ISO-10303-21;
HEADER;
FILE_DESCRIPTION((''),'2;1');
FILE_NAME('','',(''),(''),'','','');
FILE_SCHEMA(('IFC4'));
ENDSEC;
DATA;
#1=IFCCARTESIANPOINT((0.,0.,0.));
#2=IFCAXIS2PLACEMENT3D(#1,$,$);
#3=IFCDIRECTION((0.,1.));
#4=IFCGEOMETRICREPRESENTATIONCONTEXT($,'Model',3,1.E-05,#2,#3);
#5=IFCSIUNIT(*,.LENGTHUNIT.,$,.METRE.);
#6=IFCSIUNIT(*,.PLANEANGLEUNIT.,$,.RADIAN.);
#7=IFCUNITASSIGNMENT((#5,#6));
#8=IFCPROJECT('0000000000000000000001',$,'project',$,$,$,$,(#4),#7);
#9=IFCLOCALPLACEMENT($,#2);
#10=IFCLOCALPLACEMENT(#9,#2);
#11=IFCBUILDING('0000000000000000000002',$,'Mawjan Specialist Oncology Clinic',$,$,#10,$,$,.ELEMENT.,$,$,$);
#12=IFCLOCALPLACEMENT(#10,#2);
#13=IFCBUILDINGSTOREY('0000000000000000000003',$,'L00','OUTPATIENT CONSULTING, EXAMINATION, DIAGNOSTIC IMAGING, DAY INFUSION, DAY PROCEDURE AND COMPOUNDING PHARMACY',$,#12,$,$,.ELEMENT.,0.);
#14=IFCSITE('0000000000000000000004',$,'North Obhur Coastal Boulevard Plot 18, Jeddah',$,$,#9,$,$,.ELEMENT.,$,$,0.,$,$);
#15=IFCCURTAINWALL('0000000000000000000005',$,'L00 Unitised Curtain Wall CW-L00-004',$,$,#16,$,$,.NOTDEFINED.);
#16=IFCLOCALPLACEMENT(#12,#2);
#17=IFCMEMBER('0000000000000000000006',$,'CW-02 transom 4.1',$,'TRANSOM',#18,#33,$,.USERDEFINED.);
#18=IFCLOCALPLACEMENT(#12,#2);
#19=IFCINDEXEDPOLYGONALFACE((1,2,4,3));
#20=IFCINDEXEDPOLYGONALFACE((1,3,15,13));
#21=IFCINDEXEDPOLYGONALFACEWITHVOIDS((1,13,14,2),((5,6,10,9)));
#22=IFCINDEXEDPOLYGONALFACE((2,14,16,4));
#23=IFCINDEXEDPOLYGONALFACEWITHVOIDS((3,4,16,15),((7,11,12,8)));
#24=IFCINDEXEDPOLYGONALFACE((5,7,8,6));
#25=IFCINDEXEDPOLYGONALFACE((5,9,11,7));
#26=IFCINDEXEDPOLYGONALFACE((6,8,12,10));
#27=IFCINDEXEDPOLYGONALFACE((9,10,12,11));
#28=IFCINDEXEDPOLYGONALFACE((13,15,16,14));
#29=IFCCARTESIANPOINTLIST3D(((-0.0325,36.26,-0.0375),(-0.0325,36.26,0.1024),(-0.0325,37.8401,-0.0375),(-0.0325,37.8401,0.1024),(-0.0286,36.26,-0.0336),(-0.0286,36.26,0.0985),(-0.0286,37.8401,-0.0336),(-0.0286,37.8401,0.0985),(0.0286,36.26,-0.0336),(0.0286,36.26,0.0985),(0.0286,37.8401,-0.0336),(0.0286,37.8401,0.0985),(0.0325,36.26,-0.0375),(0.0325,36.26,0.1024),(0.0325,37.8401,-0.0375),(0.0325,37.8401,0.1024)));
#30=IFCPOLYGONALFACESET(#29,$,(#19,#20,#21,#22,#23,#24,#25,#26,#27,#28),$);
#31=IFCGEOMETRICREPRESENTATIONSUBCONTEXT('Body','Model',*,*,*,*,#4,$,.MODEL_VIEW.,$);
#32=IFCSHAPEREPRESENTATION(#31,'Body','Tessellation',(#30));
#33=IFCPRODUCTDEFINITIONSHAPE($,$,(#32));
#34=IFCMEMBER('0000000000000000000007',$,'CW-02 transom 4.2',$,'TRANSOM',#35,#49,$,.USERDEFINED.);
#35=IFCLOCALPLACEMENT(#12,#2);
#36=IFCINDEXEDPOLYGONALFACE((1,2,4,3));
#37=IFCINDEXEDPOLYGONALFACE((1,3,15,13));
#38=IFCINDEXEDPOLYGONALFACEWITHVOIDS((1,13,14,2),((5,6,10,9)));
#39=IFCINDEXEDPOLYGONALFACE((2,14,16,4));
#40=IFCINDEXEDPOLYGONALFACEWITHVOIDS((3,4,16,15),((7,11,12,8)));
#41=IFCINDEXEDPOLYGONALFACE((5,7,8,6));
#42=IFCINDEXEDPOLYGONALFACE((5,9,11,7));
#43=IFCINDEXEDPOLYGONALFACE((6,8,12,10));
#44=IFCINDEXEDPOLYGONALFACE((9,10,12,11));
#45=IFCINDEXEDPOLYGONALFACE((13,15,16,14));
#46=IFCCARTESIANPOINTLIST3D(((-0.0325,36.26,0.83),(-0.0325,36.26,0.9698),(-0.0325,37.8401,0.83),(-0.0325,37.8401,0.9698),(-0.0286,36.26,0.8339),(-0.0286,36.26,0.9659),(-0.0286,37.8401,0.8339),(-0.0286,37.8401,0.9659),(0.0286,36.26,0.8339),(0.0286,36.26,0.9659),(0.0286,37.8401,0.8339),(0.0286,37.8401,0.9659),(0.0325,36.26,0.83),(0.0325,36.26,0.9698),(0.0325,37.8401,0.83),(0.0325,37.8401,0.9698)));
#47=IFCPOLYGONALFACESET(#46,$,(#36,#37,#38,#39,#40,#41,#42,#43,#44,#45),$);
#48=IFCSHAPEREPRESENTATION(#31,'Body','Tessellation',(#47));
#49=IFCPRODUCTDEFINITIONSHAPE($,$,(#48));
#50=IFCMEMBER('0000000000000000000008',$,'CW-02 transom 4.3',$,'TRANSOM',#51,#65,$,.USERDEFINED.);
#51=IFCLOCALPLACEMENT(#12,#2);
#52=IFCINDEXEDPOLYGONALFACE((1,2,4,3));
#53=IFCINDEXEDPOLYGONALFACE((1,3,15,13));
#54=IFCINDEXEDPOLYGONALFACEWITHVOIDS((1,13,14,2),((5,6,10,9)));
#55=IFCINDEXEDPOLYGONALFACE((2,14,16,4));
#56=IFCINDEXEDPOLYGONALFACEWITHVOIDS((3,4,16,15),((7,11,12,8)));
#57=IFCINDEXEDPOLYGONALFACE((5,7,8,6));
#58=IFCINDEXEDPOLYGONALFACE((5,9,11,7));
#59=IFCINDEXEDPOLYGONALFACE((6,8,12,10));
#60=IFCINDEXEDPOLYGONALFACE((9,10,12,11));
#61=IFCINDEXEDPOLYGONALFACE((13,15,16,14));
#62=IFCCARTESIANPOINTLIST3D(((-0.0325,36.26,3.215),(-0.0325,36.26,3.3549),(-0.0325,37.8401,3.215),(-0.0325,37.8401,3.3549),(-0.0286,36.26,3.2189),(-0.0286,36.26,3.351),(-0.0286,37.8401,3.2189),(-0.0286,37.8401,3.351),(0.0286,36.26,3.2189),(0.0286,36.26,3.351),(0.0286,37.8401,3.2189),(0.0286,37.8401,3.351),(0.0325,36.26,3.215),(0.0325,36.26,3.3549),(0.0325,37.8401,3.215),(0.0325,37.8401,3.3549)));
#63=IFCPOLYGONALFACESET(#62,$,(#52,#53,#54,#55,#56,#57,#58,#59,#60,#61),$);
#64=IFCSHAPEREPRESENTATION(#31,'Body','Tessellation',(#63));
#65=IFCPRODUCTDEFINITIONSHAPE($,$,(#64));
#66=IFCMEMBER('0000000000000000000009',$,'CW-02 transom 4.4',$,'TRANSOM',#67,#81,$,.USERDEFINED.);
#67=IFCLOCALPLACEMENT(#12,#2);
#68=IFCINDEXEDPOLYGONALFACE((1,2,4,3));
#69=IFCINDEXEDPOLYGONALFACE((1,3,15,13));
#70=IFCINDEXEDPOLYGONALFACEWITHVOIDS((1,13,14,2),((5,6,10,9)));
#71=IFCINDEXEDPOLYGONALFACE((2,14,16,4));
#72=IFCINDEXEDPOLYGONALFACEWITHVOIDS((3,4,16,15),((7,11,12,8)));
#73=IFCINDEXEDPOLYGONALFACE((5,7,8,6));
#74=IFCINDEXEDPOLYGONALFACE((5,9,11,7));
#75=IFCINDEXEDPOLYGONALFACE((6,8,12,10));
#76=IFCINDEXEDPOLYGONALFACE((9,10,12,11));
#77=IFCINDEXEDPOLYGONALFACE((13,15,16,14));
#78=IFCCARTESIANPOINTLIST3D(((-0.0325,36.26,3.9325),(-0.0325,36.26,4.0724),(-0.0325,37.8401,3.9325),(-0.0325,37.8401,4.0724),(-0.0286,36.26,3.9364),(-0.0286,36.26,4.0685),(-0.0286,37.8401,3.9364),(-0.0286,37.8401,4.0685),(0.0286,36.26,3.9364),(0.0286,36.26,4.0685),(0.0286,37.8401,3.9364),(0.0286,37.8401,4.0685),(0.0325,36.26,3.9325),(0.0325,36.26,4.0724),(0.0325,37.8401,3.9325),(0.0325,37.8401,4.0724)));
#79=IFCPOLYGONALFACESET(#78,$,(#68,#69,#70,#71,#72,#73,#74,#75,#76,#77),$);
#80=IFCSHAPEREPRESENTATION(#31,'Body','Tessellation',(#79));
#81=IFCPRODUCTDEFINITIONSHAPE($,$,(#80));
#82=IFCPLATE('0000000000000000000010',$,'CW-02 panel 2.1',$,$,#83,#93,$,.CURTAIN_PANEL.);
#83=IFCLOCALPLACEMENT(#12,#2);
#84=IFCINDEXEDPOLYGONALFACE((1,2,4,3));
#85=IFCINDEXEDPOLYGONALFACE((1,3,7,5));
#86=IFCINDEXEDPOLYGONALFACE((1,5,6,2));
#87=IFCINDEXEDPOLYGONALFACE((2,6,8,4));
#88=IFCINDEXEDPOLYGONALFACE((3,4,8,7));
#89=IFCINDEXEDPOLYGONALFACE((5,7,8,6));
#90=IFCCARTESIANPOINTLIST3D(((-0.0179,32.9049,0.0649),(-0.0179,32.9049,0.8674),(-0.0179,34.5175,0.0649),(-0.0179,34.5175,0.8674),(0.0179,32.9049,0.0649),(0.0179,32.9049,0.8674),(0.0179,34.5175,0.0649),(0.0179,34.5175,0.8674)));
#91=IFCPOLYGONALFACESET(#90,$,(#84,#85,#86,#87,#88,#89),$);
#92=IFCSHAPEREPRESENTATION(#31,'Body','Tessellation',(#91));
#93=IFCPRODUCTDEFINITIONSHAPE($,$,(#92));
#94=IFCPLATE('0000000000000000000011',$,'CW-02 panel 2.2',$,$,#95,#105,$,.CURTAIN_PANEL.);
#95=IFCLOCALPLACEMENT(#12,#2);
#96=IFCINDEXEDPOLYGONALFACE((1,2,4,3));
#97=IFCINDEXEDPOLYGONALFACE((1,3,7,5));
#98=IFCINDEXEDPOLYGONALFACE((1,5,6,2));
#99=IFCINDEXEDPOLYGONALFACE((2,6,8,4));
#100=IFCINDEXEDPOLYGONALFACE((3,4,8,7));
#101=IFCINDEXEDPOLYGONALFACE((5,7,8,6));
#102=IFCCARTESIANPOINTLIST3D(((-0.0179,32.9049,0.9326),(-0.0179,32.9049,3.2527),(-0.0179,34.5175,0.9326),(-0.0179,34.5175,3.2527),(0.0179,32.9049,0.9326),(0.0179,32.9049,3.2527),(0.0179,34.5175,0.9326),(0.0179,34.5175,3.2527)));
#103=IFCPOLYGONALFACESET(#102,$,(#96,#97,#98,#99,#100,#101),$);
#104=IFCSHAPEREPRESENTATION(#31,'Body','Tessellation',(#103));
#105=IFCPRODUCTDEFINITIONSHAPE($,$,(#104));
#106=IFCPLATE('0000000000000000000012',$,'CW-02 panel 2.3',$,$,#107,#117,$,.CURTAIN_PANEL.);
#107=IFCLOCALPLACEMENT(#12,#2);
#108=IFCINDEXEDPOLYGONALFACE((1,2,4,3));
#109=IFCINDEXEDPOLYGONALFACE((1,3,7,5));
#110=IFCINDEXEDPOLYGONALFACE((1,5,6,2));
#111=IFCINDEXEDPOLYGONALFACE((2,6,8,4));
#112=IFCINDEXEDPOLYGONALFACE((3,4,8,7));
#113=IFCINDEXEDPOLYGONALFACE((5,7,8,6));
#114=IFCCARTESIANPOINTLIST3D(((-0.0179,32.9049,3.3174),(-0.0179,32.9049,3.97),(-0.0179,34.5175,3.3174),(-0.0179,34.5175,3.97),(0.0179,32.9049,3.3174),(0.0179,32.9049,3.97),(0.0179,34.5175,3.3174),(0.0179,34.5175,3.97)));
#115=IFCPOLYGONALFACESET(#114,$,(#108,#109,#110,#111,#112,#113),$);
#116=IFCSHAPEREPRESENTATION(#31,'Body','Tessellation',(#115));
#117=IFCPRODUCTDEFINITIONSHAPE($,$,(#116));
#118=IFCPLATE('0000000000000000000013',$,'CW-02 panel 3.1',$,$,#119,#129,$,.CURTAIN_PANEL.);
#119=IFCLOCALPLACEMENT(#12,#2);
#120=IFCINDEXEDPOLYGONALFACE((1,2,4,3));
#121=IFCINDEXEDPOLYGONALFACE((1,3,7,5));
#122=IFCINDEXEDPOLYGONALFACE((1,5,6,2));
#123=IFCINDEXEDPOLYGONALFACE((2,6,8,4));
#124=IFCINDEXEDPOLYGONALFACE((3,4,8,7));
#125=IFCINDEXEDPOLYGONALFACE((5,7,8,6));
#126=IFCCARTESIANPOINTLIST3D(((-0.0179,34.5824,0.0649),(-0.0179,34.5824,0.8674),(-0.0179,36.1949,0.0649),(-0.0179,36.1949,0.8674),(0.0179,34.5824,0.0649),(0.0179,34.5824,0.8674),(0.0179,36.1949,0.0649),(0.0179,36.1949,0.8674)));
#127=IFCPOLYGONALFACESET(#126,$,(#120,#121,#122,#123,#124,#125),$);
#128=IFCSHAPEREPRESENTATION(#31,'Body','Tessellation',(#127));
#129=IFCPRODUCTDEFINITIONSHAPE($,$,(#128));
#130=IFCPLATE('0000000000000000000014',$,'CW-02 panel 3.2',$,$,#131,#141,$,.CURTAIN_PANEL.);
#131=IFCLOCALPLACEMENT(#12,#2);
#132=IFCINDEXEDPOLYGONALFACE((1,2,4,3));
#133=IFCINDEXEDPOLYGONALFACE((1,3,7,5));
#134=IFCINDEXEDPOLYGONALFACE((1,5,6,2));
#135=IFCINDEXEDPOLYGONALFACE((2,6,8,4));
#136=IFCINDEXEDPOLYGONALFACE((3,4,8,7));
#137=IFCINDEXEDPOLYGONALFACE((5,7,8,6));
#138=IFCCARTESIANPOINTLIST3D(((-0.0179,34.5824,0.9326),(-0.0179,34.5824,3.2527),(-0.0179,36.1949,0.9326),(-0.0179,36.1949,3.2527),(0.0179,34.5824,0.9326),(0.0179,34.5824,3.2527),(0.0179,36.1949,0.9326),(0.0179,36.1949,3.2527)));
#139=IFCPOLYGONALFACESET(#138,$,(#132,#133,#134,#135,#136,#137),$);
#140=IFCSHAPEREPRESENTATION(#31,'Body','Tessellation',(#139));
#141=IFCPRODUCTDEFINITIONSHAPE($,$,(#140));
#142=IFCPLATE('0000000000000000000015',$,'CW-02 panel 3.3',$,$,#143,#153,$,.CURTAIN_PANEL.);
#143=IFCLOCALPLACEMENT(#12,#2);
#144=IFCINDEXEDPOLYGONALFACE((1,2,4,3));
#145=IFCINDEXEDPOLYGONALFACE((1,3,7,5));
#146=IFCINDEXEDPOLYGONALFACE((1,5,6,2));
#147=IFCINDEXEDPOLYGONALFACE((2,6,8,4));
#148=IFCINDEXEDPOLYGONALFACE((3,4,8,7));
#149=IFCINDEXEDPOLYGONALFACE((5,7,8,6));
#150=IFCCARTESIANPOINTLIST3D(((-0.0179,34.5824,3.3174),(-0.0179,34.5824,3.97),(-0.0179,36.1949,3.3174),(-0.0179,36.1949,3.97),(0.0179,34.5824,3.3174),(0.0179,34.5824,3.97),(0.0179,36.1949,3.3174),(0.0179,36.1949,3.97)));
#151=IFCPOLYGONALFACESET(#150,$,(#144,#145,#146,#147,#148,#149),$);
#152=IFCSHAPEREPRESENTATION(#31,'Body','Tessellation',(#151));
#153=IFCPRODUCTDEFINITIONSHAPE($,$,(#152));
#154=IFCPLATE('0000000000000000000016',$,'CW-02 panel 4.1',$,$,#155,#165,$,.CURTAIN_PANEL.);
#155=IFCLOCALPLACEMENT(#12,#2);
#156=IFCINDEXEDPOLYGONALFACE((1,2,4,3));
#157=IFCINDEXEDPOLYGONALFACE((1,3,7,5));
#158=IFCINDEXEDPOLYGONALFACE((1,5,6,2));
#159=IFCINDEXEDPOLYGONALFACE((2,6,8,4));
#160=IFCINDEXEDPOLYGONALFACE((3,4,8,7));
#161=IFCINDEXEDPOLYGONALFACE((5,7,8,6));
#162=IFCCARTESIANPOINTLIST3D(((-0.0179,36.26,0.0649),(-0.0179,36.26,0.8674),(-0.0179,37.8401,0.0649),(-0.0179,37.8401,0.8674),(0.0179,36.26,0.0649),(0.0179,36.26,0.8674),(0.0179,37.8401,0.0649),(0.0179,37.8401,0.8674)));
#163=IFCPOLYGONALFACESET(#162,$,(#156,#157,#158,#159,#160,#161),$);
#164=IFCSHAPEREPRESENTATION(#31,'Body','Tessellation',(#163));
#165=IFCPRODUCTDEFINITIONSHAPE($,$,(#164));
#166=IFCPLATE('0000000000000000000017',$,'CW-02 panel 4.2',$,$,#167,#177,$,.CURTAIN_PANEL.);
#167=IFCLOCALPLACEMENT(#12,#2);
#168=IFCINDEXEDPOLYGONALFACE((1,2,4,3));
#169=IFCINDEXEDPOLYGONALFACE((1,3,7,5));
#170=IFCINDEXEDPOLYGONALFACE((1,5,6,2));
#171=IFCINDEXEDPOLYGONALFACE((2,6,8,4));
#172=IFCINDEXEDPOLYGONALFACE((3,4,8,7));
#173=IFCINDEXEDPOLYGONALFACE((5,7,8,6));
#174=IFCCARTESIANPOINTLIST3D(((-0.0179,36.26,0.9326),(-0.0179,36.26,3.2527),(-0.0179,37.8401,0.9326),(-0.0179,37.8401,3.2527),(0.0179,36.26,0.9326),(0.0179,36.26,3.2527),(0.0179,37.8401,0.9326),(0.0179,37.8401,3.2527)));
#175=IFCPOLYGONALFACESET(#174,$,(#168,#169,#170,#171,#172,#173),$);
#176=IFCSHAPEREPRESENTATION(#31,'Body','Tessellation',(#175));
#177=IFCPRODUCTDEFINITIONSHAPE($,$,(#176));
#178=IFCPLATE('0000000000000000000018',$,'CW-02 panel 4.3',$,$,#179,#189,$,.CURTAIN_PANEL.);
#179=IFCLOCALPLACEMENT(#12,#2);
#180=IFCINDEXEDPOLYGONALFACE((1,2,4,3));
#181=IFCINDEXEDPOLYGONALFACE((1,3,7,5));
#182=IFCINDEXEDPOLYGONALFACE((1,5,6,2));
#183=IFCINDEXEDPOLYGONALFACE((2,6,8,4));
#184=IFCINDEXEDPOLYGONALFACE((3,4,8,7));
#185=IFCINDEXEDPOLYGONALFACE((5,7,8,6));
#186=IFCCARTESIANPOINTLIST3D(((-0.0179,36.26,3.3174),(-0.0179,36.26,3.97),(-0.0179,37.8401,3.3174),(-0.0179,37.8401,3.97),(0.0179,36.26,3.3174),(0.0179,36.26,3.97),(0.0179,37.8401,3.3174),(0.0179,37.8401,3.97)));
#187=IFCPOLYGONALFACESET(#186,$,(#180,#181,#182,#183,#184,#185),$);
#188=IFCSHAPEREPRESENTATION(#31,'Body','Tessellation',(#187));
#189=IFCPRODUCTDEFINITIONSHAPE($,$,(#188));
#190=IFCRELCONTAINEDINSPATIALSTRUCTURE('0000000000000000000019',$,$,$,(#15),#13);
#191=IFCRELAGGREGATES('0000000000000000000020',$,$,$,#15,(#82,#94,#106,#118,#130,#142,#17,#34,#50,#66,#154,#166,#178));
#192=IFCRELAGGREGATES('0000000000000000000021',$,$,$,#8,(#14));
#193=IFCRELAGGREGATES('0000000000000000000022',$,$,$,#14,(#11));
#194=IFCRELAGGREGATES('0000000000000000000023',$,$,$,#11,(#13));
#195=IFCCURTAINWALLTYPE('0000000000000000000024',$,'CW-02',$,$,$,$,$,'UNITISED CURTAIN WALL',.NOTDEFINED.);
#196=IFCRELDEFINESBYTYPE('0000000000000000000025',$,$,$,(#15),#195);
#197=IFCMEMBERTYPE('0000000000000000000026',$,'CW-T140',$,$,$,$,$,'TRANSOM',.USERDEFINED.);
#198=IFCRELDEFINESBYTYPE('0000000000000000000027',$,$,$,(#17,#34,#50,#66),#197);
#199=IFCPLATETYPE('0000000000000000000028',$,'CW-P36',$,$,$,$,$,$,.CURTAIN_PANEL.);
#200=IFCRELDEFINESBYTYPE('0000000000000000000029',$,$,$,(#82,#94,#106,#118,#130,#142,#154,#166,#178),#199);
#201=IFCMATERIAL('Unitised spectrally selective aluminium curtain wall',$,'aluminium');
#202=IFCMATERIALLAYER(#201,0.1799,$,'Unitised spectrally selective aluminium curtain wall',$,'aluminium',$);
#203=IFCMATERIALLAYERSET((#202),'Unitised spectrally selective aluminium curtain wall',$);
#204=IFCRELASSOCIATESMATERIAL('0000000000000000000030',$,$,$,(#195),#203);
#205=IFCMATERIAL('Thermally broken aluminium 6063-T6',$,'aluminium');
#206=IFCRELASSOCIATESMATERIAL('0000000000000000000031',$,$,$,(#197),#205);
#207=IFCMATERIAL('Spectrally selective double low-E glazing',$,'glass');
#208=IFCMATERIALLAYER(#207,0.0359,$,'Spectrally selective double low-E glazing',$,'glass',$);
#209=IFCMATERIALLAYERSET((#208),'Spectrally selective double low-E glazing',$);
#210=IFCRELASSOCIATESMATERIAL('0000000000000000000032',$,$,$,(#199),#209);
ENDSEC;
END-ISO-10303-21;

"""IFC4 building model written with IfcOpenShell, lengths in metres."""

from ifc_helpers import new_model, si_unit, direction, frame, origin, origin_2d, place, context, subcontext, project, spatial, rectangle, hollow_rectangle, extrude, material, layer, layer_set, material_profile, profile_set, type_object, element, aggregate, save


model = new_model("IFC4")

# Units and contexts
model_context = context("Model", 3, precision=1e-05, world=origin(), true_north=direction((0.0, 1.0)))
body_context = subcontext(model_context, "Body", "Model", "MODEL_VIEW")
ifc_project = project(units=[si_unit("LENGTHUNIT", "METRE"), si_unit("PLANEANGLEUNIT", "RADIAN")], contexts=[model_context])

# Site, building, storey
site_placement = place(None, origin())
site = spatial("IfcSite", under=ifc_project, at=site_placement, Name="North Obhur Coastal Boulevard Plot 18, Jeddah", CompositionType="ELEMENT", RefElevation=0.0)
building_placement = place(site_placement, origin())
building = spatial("IfcBuilding", under=site, at=building_placement, Name="Mawjan Specialist Oncology Clinic", CompositionType="ELEMENT")
storey_placement = place(building_placement, origin())
storey = spatial("IfcBuildingStorey", under=building, at=storey_placement, Name="L00", Description="OUTPATIENT CONSULTING, EXAMINATION, DIAGNOSTIC IMAGING, DAY INFUSION, DAY PROCEDURE AND COMPOUNDING PHARMACY", CompositionType="ELEMENT", Elevation=0.0)

# Curtain wall, members, plates
ifc_material_1 = material(Name="Unitised spectrally selective aluminium curtain wall", Category="aluminium")
ifc_layer_1 = layer(ifc_material_1, 0.1799, Name="Unitised spectrally selective aluminium curtain wall", Category="aluminium")
ifc_layer_set_1 = layer_set([ifc_layer_1], Name="Unitised spectrally selective aluminium curtain wall")
curtain_wall_type = type_object("IfcCurtainWallType", Name="CW-02", ElementType="UNITISED CURTAIN WALL", PredefinedType="NOTDEFINED", material=ifc_layer_set_1)
curtain_wall_placement = place(storey_placement, origin())
curtain_wall = element("IfcCurtainWall", 1, at=curtain_wall_placement, inside=storey, type_object=curtain_wall_type, Name="L00 Unitised Curtain Wall CW-L00-004", PredefinedType="NOTDEFINED")
ifc_material_2 = material(Name="Thermally broken aluminium 6063-T6", Category="aluminium")
ifc_material_profile_1 = material_profile(ifc_material_2, hollow_rectangle(XDim=0.0649, YDim=0.1399, WallThickness=0.0039, at=origin_2d()), Name="ALU TRANSOM 140x65x4", Category="aluminium")
ifc_profile_set_1 = profile_set([ifc_material_profile_1], Name="Thermally broken aluminium 6063-T6")
member_type_1 = type_object("IfcMemberType", Name="CW-T140", ElementType="TRANSOM", PredefinedType="USERDEFINED", material=ifc_profile_set_1)
member_1_placement = place(storey_placement, frame((0.0, 36.26, 0.0325), z_axis=(0.0, 1.0, 0.0), x_axis=(-1.0, 0.0, 0.0)))
member_1 = element("IfcMember", 2, at=member_1_placement, type_object=member_type_1, Name="CW-02 transom 4.1", ObjectType="TRANSOM", PredefinedType="USERDEFINED", context=body_context, shape_type="SweptSolid", body=[
    extrude(hollow_rectangle(XDim=0.0649, YDim=0.1399, WallThickness=0.0039, at=origin_2d()), origin(), (0.0, 0.0, 1.0), 1.5801),
])
member_2_placement = place(storey_placement, frame((0.0, 36.26, 0.8999), z_axis=(0.0, 1.0, 0.0), x_axis=(-1.0, 0.0, 0.0)))
member_2 = element("IfcMember", 3, at=member_2_placement, type_object=member_type_1, Name="CW-02 transom 4.2", ObjectType="TRANSOM", PredefinedType="USERDEFINED", context=body_context, shape_type="SweptSolid", body=[
    extrude(hollow_rectangle(XDim=0.0649, YDim=0.1399, WallThickness=0.0039, at=origin_2d()), origin(), (0.0, 0.0, 1.0), 1.5801),
])
member_3_placement = place(storey_placement, frame((0.0, 36.26, 3.2849), z_axis=(0.0, 1.0, 0.0), x_axis=(-1.0, 0.0, 0.0)))
member_3 = element("IfcMember", 4, at=member_3_placement, type_object=member_type_1, Name="CW-02 transom 4.3", ObjectType="TRANSOM", PredefinedType="USERDEFINED", context=body_context, shape_type="SweptSolid", body=[
    extrude(hollow_rectangle(XDim=0.0649, YDim=0.1399, WallThickness=0.0039, at=origin_2d()), origin(), (0.0, 0.0, 1.0), 1.5801),
])
member_4_placement = place(storey_placement, frame((0.0, 36.26, 4.0024), z_axis=(0.0, 1.0, 0.0), x_axis=(-1.0, 0.0, 0.0)))
member_4 = element("IfcMember", 5, at=member_4_placement, type_object=member_type_1, Name="CW-02 transom 4.4", ObjectType="TRANSOM", PredefinedType="USERDEFINED", context=body_context, shape_type="SweptSolid", body=[
    extrude(hollow_rectangle(XDim=0.0649, YDim=0.1399, WallThickness=0.0039, at=origin_2d()), origin(), (0.0, 0.0, 1.0), 1.5801),
])
ifc_material_3 = material(Name="Spectrally selective double low-E glazing", Category="glass")
ifc_layer_2 = layer(ifc_material_3, 0.0359, Name="Spectrally selective double low-E glazing", Category="glass")
ifc_layer_set_2 = layer_set([ifc_layer_2], Name="Spectrally selective double low-E glazing")
plate_type = type_object("IfcPlateType", Name="CW-P36", PredefinedType="CURTAIN_PANEL", material=ifc_layer_set_2)
plate_1_placement = place(storey_placement, frame((0.0, 33.7112, 0.0649), z_axis=(0.0, 0.0, 1.0), x_axis=(0.0, 1.0, 0.0)))
plate_1 = element("IfcPlate", 6, at=plate_1_placement, type_object=plate_type, Name="CW-02 panel 2.1", PredefinedType="CURTAIN_PANEL", context=body_context, shape_type="SweptSolid", body=[
    extrude(rectangle(XDim=1.6125, YDim=0.0359, at=origin_2d()), origin(), (0.0, 0.0, 1.0), 0.8025),
])
plate_2_placement = place(storey_placement, frame((0.0, 33.7112, 0.9326), z_axis=(0.0, 0.0, 1.0), x_axis=(0.0, 1.0, 0.0)))
plate_2 = element("IfcPlate", 7, at=plate_2_placement, type_object=plate_type, Name="CW-02 panel 2.2", PredefinedType="CURTAIN_PANEL", context=body_context, shape_type="SweptSolid", body=[
    extrude(rectangle(XDim=1.6125, YDim=0.0359, at=origin_2d()), origin(), (0.0, 0.0, 1.0), 2.3201),
])
plate_3_placement = place(storey_placement, frame((0.0, 33.7112, 3.3174), z_axis=(0.0, 0.0, 1.0), x_axis=(0.0, 1.0, 0.0)))
plate_3 = element("IfcPlate", 8, at=plate_3_placement, type_object=plate_type, Name="CW-02 panel 2.3", PredefinedType="CURTAIN_PANEL", context=body_context, shape_type="SweptSolid", body=[
    extrude(rectangle(XDim=1.6125, YDim=0.0359, at=origin_2d()), origin(), (0.0, 0.0, 1.0), 0.6526),
])
plate_4_placement = place(storey_placement, frame((0.0, 35.3887, 0.0649), z_axis=(0.0, 0.0, 1.0), x_axis=(0.0, 1.0, 0.0)))
plate_4 = element("IfcPlate", 9, at=plate_4_placement, type_object=plate_type, Name="CW-02 panel 3.1", PredefinedType="CURTAIN_PANEL", context=body_context, shape_type="SweptSolid", body=[
    extrude(rectangle(XDim=1.6125, YDim=0.0359, at=origin_2d()), origin(), (0.0, 0.0, 1.0), 0.8025),
])
plate_5_placement = place(storey_placement, frame((0.0, 35.3887, 0.9326), z_axis=(0.0, 0.0, 1.0), x_axis=(0.0, 1.0, 0.0)))
plate_5 = element("IfcPlate", 10, at=plate_5_placement, type_object=plate_type, Name="CW-02 panel 3.2", PredefinedType="CURTAIN_PANEL", context=body_context, shape_type="SweptSolid", body=[
    extrude(rectangle(XDim=1.6125, YDim=0.0359, at=origin_2d()), origin(), (0.0, 0.0, 1.0), 2.3201),
])
plate_6_placement = place(storey_placement, frame((0.0, 35.3887, 3.3174), z_axis=(0.0, 0.0, 1.0), x_axis=(0.0, 1.0, 0.0)))
plate_6 = element("IfcPlate", 11, at=plate_6_placement, type_object=plate_type, Name="CW-02 panel 3.3", PredefinedType="CURTAIN_PANEL", context=body_context, shape_type="SweptSolid", body=[
    extrude(rectangle(XDim=1.6125, YDim=0.0359, at=origin_2d()), origin(), (0.0, 0.0, 1.0), 0.6526),
])
plate_7_placement = place(storey_placement, frame((0.0, 37.05, 0.0649), z_axis=(0.0, 0.0, 1.0), x_axis=(0.0, 1.0, 0.0)))
plate_7 = element("IfcPlate", 12, at=plate_7_placement, type_object=plate_type, Name="CW-02 panel 4.1", PredefinedType="CURTAIN_PANEL", context=body_context, shape_type="SweptSolid", body=[
    extrude(rectangle(XDim=1.5801, YDim=0.0359, at=origin_2d()), origin(), (0.0, 0.0, 1.0), 0.8025),
])
plate_8_placement = place(storey_placement, frame((0.0, 37.05, 0.9326), z_axis=(0.0, 0.0, 1.0), x_axis=(0.0, 1.0, 0.0)))
plate_8 = element("IfcPlate", 13, at=plate_8_placement, type_object=plate_type, Name="CW-02 panel 4.2", PredefinedType="CURTAIN_PANEL", context=body_context, shape_type="SweptSolid", body=[
    extrude(rectangle(XDim=1.5801, YDim=0.0359, at=origin_2d()), origin(), (0.0, 0.0, 1.0), 2.3201),
])
plate_9_placement = place(storey_placement, frame((0.0, 37.05, 3.3174), z_axis=(0.0, 0.0, 1.0), x_axis=(0.0, 1.0, 0.0)))
plate_9 = element("IfcPlate", 14, at=plate_9_placement, type_object=plate_type, Name="CW-02 panel 4.3", PredefinedType="CURTAIN_PANEL", context=body_context, shape_type="SweptSolid", body=[
    extrude(rectangle(XDim=1.5801, YDim=0.0359, at=origin_2d()), origin(), (0.0, 0.0, 1.0), 0.6526),
])
aggregate(curtain_wall, [plate_1, plate_2, plate_3, plate_4, plate_5, plate_6, member_1, member_2, member_3, member_4, plate_7, plate_8, plate_9])

save(model, "model.ifc")
